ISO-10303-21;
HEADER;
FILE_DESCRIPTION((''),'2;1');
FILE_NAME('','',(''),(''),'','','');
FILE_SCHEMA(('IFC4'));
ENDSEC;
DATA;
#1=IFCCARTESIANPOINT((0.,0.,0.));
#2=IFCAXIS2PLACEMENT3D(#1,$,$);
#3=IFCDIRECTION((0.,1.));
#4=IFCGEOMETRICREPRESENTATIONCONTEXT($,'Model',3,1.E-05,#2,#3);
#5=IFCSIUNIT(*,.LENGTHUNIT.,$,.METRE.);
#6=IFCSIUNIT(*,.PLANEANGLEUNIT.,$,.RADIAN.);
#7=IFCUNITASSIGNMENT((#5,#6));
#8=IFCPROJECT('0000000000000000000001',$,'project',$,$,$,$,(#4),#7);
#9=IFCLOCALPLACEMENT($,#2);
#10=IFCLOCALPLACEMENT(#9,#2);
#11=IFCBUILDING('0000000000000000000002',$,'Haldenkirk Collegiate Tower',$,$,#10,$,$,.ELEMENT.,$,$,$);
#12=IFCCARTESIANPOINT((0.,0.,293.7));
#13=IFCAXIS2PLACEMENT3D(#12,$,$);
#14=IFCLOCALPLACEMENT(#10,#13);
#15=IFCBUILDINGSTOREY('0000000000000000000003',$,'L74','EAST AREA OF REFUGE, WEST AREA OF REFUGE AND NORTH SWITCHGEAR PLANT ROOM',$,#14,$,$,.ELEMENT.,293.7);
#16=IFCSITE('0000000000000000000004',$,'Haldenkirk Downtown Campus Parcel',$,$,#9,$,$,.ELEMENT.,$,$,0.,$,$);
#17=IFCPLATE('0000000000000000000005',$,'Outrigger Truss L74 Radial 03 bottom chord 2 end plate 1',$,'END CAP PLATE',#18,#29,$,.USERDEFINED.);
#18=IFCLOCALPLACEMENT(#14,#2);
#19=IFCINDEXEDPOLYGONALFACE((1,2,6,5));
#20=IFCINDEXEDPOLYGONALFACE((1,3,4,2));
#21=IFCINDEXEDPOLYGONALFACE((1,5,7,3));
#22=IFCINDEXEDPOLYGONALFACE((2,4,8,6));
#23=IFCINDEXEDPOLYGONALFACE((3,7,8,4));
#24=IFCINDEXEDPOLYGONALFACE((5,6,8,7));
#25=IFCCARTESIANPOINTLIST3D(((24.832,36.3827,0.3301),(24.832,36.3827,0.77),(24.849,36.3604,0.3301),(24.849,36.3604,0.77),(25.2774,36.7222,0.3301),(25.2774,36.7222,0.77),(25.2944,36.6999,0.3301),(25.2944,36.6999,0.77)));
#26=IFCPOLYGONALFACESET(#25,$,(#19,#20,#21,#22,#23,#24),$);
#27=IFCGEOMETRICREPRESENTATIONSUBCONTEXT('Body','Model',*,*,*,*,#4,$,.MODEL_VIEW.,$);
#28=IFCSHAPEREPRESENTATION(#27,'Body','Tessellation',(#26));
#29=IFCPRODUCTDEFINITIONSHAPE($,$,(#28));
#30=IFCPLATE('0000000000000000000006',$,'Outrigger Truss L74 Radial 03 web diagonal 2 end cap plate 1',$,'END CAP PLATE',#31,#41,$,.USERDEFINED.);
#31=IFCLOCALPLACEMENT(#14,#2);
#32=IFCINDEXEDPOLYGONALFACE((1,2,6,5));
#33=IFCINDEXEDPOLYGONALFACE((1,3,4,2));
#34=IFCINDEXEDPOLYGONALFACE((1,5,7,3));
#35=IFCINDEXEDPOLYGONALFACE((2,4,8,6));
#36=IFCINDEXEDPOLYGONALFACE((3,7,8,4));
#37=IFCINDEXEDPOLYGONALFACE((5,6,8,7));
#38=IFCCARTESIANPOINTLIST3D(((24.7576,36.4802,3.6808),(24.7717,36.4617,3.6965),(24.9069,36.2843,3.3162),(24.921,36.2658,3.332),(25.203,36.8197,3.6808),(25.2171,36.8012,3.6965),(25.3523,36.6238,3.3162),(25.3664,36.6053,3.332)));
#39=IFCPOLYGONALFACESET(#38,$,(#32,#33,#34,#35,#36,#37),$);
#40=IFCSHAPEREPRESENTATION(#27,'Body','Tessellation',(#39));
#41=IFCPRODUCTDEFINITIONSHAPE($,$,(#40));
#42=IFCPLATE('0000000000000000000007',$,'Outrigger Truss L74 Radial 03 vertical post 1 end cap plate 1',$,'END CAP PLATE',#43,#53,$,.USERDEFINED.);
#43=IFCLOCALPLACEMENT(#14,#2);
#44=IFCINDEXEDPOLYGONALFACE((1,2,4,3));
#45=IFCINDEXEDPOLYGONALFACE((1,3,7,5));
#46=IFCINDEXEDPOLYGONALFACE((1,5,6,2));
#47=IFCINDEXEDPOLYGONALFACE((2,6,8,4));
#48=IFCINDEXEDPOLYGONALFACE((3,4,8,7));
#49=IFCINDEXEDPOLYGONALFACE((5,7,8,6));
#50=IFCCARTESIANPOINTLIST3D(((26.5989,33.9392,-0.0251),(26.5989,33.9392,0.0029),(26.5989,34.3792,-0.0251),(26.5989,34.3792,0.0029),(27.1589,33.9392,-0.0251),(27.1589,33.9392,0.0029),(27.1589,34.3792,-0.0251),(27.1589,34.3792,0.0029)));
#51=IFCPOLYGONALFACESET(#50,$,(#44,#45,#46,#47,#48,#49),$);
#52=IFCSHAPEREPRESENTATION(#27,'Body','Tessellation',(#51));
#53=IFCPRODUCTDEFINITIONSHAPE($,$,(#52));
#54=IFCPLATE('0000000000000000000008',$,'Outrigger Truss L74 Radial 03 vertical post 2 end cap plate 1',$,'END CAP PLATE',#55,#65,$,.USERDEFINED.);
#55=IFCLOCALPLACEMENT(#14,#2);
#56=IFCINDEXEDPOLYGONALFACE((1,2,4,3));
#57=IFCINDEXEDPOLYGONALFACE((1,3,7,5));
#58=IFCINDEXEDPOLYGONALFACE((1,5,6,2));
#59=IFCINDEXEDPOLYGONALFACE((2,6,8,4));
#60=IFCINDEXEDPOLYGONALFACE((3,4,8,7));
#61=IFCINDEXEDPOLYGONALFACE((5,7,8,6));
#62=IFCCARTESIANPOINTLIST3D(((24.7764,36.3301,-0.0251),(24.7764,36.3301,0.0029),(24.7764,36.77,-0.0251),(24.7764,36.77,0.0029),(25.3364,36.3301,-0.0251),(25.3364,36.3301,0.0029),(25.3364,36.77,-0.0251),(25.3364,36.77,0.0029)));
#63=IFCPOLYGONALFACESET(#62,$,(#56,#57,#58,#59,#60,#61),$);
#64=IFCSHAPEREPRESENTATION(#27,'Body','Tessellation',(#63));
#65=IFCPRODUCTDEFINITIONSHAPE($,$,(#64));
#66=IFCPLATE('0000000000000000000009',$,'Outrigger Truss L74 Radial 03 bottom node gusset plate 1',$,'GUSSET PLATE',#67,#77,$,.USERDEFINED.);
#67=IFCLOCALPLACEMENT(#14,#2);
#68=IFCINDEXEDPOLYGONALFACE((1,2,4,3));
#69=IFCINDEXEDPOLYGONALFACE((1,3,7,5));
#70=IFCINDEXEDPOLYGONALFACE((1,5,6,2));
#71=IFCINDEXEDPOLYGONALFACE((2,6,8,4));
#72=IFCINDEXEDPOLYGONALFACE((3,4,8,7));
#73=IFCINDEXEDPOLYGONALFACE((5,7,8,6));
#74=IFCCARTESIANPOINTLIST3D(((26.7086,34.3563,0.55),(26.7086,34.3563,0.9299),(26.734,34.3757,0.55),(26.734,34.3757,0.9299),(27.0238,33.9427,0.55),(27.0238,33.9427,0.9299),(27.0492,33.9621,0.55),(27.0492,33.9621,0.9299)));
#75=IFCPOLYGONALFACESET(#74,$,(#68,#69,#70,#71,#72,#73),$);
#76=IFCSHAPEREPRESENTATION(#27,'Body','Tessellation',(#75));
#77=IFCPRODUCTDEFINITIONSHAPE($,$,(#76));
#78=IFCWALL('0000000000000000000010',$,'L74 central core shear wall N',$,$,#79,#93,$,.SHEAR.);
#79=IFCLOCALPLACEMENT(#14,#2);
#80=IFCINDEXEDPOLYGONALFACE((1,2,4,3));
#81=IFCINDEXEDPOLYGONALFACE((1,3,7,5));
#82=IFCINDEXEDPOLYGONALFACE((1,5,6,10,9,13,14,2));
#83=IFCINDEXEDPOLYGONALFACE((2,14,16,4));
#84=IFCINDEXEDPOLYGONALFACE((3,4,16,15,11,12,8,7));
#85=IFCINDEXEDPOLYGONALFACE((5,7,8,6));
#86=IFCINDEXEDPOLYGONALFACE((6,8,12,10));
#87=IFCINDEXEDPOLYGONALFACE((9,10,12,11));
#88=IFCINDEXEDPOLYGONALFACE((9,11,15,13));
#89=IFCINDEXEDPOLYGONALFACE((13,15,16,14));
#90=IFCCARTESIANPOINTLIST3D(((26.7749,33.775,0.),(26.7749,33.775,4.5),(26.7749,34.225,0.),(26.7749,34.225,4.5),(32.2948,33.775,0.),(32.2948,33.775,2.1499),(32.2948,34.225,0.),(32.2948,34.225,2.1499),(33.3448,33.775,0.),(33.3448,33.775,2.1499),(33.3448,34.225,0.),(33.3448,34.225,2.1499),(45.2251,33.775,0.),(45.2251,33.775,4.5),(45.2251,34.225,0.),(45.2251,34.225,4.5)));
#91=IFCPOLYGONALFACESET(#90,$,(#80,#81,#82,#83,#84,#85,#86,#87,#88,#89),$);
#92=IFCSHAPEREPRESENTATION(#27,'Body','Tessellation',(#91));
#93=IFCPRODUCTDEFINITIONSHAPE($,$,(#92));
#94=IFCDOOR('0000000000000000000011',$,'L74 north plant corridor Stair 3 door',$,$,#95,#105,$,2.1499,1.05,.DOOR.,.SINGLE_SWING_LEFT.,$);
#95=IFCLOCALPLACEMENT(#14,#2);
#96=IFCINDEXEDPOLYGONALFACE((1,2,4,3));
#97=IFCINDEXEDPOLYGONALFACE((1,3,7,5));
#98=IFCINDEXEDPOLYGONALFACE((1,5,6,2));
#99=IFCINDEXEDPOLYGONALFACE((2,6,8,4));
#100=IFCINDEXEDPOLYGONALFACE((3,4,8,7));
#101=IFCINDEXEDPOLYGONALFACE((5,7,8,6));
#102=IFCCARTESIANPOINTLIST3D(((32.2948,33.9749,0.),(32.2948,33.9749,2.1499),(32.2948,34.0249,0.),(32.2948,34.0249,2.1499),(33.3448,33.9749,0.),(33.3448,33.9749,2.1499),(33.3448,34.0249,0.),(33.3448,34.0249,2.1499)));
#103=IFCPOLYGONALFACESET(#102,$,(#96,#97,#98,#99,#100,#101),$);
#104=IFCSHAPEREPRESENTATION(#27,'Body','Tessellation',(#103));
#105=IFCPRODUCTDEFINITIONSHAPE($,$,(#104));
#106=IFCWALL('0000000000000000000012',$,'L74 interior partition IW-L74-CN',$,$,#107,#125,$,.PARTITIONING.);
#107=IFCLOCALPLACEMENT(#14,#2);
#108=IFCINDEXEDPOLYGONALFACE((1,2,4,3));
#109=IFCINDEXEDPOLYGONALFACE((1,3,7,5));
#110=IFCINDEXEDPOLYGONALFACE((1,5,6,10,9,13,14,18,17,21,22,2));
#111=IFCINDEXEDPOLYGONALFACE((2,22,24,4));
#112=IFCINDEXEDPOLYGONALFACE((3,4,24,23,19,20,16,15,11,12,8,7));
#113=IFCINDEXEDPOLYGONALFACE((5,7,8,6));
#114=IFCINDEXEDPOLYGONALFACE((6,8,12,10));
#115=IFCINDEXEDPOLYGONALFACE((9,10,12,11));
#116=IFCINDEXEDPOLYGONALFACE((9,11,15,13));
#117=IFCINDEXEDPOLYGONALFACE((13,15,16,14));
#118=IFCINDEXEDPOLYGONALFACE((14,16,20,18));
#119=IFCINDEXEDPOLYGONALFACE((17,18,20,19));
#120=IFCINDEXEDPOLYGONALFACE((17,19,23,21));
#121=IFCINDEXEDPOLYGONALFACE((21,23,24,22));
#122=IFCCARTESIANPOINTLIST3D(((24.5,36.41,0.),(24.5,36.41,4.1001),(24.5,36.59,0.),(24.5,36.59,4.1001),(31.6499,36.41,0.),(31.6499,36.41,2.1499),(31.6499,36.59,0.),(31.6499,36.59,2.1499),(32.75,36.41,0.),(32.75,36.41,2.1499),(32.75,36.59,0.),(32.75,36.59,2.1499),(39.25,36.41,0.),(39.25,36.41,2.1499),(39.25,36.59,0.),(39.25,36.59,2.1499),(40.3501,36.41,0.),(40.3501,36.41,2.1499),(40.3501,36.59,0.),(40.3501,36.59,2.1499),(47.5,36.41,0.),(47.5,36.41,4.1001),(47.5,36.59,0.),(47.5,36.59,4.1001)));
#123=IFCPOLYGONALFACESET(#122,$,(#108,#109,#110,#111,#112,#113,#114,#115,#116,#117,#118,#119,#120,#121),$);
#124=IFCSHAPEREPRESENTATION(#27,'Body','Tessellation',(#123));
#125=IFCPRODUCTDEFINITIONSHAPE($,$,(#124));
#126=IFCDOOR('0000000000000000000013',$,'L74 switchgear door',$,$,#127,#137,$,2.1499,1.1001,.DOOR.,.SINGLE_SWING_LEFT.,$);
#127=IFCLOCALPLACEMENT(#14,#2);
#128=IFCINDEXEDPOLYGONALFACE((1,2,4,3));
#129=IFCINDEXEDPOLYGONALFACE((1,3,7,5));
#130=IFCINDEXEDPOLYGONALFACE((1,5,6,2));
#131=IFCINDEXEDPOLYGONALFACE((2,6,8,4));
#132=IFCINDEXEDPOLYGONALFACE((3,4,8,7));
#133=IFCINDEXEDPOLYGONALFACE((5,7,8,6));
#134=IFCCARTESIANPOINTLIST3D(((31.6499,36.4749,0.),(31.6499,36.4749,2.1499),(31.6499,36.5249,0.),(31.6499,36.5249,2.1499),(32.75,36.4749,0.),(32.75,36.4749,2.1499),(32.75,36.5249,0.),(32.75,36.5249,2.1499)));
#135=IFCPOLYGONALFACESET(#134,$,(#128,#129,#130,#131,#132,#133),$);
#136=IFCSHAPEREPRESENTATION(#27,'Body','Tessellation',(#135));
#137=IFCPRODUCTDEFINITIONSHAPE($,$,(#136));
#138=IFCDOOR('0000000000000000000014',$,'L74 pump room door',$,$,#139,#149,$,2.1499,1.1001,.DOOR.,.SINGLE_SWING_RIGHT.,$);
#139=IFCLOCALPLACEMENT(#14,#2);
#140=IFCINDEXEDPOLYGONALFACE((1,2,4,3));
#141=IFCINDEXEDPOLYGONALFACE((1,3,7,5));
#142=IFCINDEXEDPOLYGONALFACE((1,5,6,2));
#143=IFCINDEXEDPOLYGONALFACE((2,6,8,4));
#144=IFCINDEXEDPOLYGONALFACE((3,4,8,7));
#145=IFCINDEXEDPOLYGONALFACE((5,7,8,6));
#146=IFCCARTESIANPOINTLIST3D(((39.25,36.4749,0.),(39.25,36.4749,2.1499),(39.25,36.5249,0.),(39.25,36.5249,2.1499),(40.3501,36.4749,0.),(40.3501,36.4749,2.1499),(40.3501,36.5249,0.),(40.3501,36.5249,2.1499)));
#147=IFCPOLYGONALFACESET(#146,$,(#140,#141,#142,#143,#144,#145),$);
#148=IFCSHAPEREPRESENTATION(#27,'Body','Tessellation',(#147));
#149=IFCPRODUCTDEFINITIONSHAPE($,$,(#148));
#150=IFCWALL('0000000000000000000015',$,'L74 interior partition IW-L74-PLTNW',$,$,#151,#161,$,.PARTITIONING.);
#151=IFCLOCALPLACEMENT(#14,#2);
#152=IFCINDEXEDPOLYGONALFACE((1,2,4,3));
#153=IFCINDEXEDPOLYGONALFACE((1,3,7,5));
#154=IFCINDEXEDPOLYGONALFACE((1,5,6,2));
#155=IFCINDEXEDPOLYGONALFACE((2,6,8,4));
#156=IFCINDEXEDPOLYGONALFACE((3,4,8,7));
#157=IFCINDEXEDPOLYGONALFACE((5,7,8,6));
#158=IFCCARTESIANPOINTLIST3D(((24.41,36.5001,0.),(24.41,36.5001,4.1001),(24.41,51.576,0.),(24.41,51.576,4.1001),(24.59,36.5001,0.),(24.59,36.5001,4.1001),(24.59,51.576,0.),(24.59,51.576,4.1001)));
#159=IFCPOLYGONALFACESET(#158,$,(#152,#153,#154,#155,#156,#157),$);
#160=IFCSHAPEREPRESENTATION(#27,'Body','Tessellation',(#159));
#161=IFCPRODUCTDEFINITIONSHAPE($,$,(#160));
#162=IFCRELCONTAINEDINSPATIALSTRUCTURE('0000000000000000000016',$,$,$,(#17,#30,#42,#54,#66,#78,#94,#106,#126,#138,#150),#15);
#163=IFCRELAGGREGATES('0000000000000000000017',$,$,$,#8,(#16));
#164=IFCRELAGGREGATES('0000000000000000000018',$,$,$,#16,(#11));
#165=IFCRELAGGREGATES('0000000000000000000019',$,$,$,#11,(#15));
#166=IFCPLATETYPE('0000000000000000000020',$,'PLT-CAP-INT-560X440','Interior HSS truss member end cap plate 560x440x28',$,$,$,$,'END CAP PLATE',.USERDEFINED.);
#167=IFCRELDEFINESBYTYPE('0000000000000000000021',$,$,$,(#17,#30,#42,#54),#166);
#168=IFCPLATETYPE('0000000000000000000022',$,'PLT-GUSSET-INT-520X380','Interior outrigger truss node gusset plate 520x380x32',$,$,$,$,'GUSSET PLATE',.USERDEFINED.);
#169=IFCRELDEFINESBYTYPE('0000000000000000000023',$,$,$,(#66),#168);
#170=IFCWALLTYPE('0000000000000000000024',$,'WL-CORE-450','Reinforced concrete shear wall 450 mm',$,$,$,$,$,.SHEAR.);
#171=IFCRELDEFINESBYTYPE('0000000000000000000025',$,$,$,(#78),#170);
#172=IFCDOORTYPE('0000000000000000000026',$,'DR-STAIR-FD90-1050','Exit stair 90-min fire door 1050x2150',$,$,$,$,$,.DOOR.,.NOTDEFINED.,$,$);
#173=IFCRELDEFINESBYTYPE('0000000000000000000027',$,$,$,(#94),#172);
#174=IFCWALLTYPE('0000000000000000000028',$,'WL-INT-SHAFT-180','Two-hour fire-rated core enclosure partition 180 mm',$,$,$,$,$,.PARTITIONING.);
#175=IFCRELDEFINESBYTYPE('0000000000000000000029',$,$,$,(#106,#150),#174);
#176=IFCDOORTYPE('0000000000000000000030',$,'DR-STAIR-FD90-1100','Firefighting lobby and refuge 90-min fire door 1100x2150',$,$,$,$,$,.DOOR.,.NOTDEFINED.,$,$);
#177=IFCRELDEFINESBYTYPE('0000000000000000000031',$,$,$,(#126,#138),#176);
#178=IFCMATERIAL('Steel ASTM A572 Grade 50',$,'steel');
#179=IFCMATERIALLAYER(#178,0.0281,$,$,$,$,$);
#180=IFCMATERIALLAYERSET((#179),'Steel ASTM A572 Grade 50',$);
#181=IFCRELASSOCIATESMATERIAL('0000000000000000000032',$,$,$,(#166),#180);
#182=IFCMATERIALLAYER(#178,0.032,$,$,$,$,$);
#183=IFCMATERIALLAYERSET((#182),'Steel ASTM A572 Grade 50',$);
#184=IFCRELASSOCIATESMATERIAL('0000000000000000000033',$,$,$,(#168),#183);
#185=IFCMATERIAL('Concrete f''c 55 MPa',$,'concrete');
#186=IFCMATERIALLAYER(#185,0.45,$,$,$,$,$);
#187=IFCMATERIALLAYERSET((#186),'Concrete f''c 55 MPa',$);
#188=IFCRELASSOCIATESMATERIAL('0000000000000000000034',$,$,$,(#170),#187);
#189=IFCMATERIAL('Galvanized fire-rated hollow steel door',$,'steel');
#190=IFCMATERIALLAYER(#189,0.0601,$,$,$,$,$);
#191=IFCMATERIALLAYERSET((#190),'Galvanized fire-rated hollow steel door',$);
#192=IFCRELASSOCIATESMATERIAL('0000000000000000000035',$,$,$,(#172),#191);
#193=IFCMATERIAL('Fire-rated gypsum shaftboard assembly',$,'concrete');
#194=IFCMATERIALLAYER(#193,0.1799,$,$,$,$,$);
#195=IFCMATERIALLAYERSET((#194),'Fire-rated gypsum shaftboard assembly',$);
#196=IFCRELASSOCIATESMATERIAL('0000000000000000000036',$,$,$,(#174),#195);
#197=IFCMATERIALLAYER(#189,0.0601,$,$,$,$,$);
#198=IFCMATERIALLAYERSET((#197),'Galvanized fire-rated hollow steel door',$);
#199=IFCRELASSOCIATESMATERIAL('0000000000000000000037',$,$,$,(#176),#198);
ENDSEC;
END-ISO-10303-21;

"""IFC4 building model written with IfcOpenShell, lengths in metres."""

from ifc_helpers import new_model, si_unit, direction, frame, frame_2d, origin, origin_2d, place, context, subcontext, project, spatial, rectangle, extrude, source, transform, mapped, material, layer, layer_set, type_object, element, fill, save


model = new_model("IFC4")

# Units and contexts
model_context = context("Model", 3, precision=1e-05, world=origin(), true_north=direction((0.0, 1.0)))
body_context = subcontext(model_context, "Body", "Model", "MODEL_VIEW")
ifc_project = project(units=[si_unit("LENGTHUNIT", "METRE"), si_unit("PLANEANGLEUNIT", "RADIAN")], contexts=[model_context])

# Site, building, storey
site_placement = place(None, origin())
site = spatial("IfcSite", under=ifc_project, at=site_placement, Name="Haldenkirk Downtown Campus Parcel", CompositionType="ELEMENT", RefElevation=0.0)
building_placement = place(site_placement, origin())
building = spatial("IfcBuilding", under=site, at=building_placement, Name="Haldenkirk Collegiate Tower", CompositionType="ELEMENT")
storey_placement = place(building_placement, frame((0.0, 0.0, 293.7)))
storey = spatial("IfcBuildingStorey", under=building, at=storey_placement, Name="L74", Description="EAST AREA OF REFUGE, WEST AREA OF REFUGE AND NORTH SWITCHGEAR PLANT ROOM", CompositionType="ELEMENT", Elevation=293.7)

# Shared definitions
ifc_material_1 = material(Name="Steel ASTM A572 Grade 50", Category="steel")

# Plates
ifc_layer_1 = layer(ifc_material_1, 0.0281)
ifc_layer_set_1 = layer_set([ifc_layer_1], Name="Steel ASTM A572 Grade 50")
plate_type_1 = type_object("IfcPlateType", Name="PLT-CAP-INT-560X440", Description="Interior HSS truss member end cap plate 560x440x28", ElementType="END CAP PLATE", PredefinedType="USERDEFINED", material=ifc_layer_set_1)
shared_shape_1 = source(origin(), body_context, "Body", "SweptSolid", [
    extrude(rectangle(XDim=0.5601, YDim=0.4399, at=origin_2d()), origin(), (0.0, 0.0, 1.0), 0.0281),
])
for number, where, z_axis, x_axis, name in (
    (1, (25.0547, 36.5525, 0.55), (0.606185, -0.795324, 0.0), (0.795324, 0.606185, 0.0), "Outrigger Truss L74 Radial 03 bottom chord 2 end plate 1"),
    (2, (25.0549, 36.552, 3.4985), (0.502343, -0.659064, 0.559719), (0.795316, 0.606195, 0.0), "Outrigger Truss L74 Radial 03 web diagonal 2 end cap plate 1"),
    (3, (26.8789, 34.1592, 0.0029), (0.0, 0.0, -1.0), (1.0, 0.0, 0.0), "Outrigger Truss L74 Radial 03 vertical post 1 end cap plate 1"),
    (4, (25.0564, 36.55, 0.0029), (0.0, 0.0, -1.0), (1.0, 0.0, 0.0), "Outrigger Truss L74 Radial 03 vertical post 2 end cap plate 1"),
):
    element("IfcPlate", number, at=place(storey_placement, frame(where, z_axis=z_axis, x_axis=x_axis)), inside=storey, type_object=plate_type_1, Name=name, ObjectType="END CAP PLATE", PredefinedType="USERDEFINED", context=body_context, shape_type="MappedRepresentation", body=[
        mapped(shared_shape_1, transform((0.0, 0.0, 0.0), x_axis=(1.0, 0.0, 0.0), y_axis=(0.0, 1.0, 0.0), z_axis=(0.0, 0.0, 1.0), scale=1.0)),
    ])
ifc_layer_2 = layer(ifc_material_1, 0.032)
ifc_layer_set_2 = layer_set([ifc_layer_2], Name="Steel ASTM A572 Grade 50")
plate_type_2 = type_object("IfcPlateType", Name="PLT-GUSSET-INT-520X380", Description="Interior outrigger truss node gusset plate 520x380x32", ElementType="GUSSET PLATE", PredefinedType="USERDEFINED", material=ifc_layer_set_2)
shared_shape_2 = source(origin(), body_context, "Body", "SweptSolid", [
    extrude(rectangle(XDim=0.52, YDim=0.032, at=origin_2d()), origin(), (0.0, 0.0, 1.0), 0.3799),
])
plate_placement = place(storey_placement, frame((26.8789, 34.1592, 0.55), z_axis=(0.0, 0.0, 1.0), x_axis=(-0.606185, 0.795324, 0.0)))
element("IfcPlate", 5, at=plate_placement, inside=storey, type_object=plate_type_2, Name="Outrigger Truss L74 Radial 03 bottom node gusset plate 1", ObjectType="GUSSET PLATE", PredefinedType="USERDEFINED", context=body_context, shape_type="MappedRepresentation", body=[
    mapped(shared_shape_2, transform((0.0, 0.0, 0.0), x_axis=(1.0, 0.0, 0.0), y_axis=(0.0, 1.0, 0.0), z_axis=(0.0, 0.0, 1.0), scale=1.0)),
])

# Wall, opening, door
ifc_material_2 = material(Name="Concrete f'c 55 MPa", Category="concrete")
ifc_layer_3 = layer(ifc_material_2, 0.45)
ifc_layer_set_3 = layer_set([ifc_layer_3], Name="Concrete f'c 55 MPa")
wall_type_1 = type_object("IfcWallType", Name="WL-CORE-450", Description="Reinforced concrete shear wall 450 mm", PredefinedType="SHEAR", material=ifc_layer_set_3)
wall_1_placement = place(storey_placement, frame((26.7749, 34.0, 0.0), z_axis=(0.0, 0.0, 1.0), x_axis=(1.0, 0.0, 0.0)))
wall_1 = element("IfcWall", 6, at=wall_1_placement, inside=storey, type_object=wall_type_1, Name="L74 central core shear wall N", PredefinedType="SHEAR", context=body_context, shape_type="SweptSolid", body=[
    extrude(rectangle(XDim=18.4502, YDim=0.45, at=frame_2d((9.2251, 0.0))), origin(), (0.0, 0.0, 1.0), 4.5),
])
opening_1_placement = place(wall_1_placement, frame((5.52, 0.0, 0.0)))
opening_1 = element("IfcOpeningElement", 7, at=opening_1_placement, cuts=wall_1, PredefinedType="OPENING", context=body_context, shape_type="SweptSolid", body=[
    extrude(rectangle(XDim=1.05, YDim=2.1499, at=frame_2d((0.5249, 1.075))), frame((0.0, 0.2349, 0.0), z_axis=(0.0, -1.0, 0.0), x_axis=(1.0, 0.0, 0.0)), (0.0, 0.0, 1.0), 0.47),
])
ifc_material_3 = material(Name="Galvanized fire-rated hollow steel door", Category="steel")
ifc_layer_4 = layer(ifc_material_3, 0.0601)
ifc_layer_set_4 = layer_set([ifc_layer_4], Name="Galvanized fire-rated hollow steel door")
door_type_1 = type_object("IfcDoorType", Name="DR-STAIR-FD90-1050", Description="Exit stair 90-min fire door 1050x2150", OperationType="NOTDEFINED", PredefinedType="DOOR", material=ifc_layer_set_4)
door_1_placement = place(opening_1_placement, origin())
door_1 = element("IfcDoor", 8, at=door_1_placement, inside=storey, type_object=door_type_1, Name="L74 north plant corridor Stair 3 door", OperationType="SINGLE_SWING_LEFT", OverallHeight=2.1499, OverallWidth=1.05, PredefinedType="DOOR", context=body_context, shape_type="SweptSolid", body=[
    extrude(rectangle(XDim=1.05, YDim=2.1499, at=frame_2d((0.5249, 1.075))), frame((0.0, 0.0249, 0.0), z_axis=(0.0, -1.0, 0.0), x_axis=(1.0, 0.0, 0.0)), (0.0, 0.0, 1.0), 0.05),
])
fill(opening_1, door_1)

# Wall, openings, doors
ifc_material_4 = material(Name="Fire-rated gypsum shaftboard assembly", Category="concrete")
ifc_layer_5 = layer(ifc_material_4, 0.1799)
ifc_layer_set_5 = layer_set([ifc_layer_5], Name="Fire-rated gypsum shaftboard assembly")
wall_type_2 = type_object("IfcWallType", Name="WL-INT-SHAFT-180", Description="Two-hour fire-rated core enclosure partition 180 mm", PredefinedType="PARTITIONING", material=ifc_layer_set_5)
wall_2_placement = place(storey_placement, frame((24.5, 36.5, 0.0), z_axis=(0.0, 0.0, 1.0), x_axis=(1.0, 0.0, 0.0)))
wall_2 = element("IfcWall", 9, at=wall_2_placement, inside=storey, type_object=wall_type_2, Name="L74 interior partition IW-L74-CN", PredefinedType="PARTITIONING", context=body_context, shape_type="SweptSolid", body=[
    extrude(rectangle(XDim=23.0, YDim=0.1799, at=frame_2d((11.5, 0.0))), origin(), (0.0, 0.0, 1.0), 4.1001),
])
opening_2_placement = place(wall_2_placement, frame((7.1499, 0.0, 0.0)))
opening_2 = element("IfcOpeningElement", 10, at=opening_2_placement, cuts=wall_2, PredefinedType="OPENING", context=body_context, shape_type="SweptSolid", body=[
    extrude(rectangle(XDim=1.1001, YDim=2.1499, at=frame_2d((0.55, 1.075))), frame((0.0, 0.0999, 0.0), z_axis=(0.0, -1.0, 0.0), x_axis=(1.0, 0.0, 0.0)), (0.0, 0.0, 1.0), 0.2),
])
opening_3_placement = place(wall_2_placement, frame((14.75, 0.0, 0.0)))
opening_3 = element("IfcOpeningElement", 11, at=opening_3_placement, cuts=wall_2, PredefinedType="OPENING", context=body_context, shape_type="SweptSolid", body=[
    extrude(rectangle(XDim=1.1001, YDim=2.1499, at=frame_2d((0.55, 1.075))), frame((0.0, 0.0999, 0.0), z_axis=(0.0, -1.0, 0.0), x_axis=(1.0, 0.0, 0.0)), (0.0, 0.0, 1.0), 0.2),
])
ifc_layer_6 = layer(ifc_material_3, 0.0601)
ifc_layer_set_6 = layer_set([ifc_layer_6], Name="Galvanized fire-rated hollow steel door")
door_type_2 = type_object("IfcDoorType", Name="DR-STAIR-FD90-1100", Description="Firefighting lobby and refuge 90-min fire door 1100x2150", OperationType="NOTDEFINED", PredefinedType="DOOR", material=ifc_layer_set_6)
door_2_placement = place(opening_2_placement, origin())
door_2 = element("IfcDoor", 12, at=door_2_placement, inside=storey, type_object=door_type_2, Name="L74 switchgear door", OperationType="SINGLE_SWING_LEFT", OverallHeight=2.1499, OverallWidth=1.1001, PredefinedType="DOOR", context=body_context, shape_type="SweptSolid", body=[
    extrude(rectangle(XDim=1.1001, YDim=2.1499, at=frame_2d((0.55, 1.075))), frame((0.0, 0.0249, 0.0), z_axis=(0.0, -1.0, 0.0), x_axis=(1.0, 0.0, 0.0)), (0.0, 0.0, 1.0), 0.05),
])
fill(opening_2, door_2)
door_3_placement = place(opening_3_placement, origin())
door_3 = element("IfcDoor", 13, at=door_3_placement, inside=storey, type_object=door_type_2, Name="L74 pump room door", OperationType="SINGLE_SWING_RIGHT", OverallHeight=2.1499, OverallWidth=1.1001, PredefinedType="DOOR", context=body_context, shape_type="SweptSolid", body=[
    extrude(rectangle(XDim=1.1001, YDim=2.1499, at=frame_2d((0.55, 1.075))), frame((0.0, 0.0249, 0.0), z_axis=(0.0, -1.0, 0.0), x_axis=(1.0, 0.0, 0.0)), (0.0, 0.0, 1.0), 0.05),
])
fill(opening_3, door_3)

# Wall
wall_3_placement = place(storey_placement, frame((24.5, 36.5, 0.0), z_axis=(0.0, 0.0, 1.0), x_axis=(0.0, 1.0, 0.0)))
element("IfcWall", 14, at=wall_3_placement, inside=storey, type_object=wall_type_2, Name="L74 interior partition IW-L74-PLTNW", PredefinedType="PARTITIONING", context=body_context, shape_type="SweptSolid", body=[
    extrude(rectangle(XDim=15.0759, YDim=0.1799, at=frame_2d((7.5381, 0.0))), origin(), (0.0, 0.0, 1.0), 4.1001),
])

save(model, "model.ifc")
